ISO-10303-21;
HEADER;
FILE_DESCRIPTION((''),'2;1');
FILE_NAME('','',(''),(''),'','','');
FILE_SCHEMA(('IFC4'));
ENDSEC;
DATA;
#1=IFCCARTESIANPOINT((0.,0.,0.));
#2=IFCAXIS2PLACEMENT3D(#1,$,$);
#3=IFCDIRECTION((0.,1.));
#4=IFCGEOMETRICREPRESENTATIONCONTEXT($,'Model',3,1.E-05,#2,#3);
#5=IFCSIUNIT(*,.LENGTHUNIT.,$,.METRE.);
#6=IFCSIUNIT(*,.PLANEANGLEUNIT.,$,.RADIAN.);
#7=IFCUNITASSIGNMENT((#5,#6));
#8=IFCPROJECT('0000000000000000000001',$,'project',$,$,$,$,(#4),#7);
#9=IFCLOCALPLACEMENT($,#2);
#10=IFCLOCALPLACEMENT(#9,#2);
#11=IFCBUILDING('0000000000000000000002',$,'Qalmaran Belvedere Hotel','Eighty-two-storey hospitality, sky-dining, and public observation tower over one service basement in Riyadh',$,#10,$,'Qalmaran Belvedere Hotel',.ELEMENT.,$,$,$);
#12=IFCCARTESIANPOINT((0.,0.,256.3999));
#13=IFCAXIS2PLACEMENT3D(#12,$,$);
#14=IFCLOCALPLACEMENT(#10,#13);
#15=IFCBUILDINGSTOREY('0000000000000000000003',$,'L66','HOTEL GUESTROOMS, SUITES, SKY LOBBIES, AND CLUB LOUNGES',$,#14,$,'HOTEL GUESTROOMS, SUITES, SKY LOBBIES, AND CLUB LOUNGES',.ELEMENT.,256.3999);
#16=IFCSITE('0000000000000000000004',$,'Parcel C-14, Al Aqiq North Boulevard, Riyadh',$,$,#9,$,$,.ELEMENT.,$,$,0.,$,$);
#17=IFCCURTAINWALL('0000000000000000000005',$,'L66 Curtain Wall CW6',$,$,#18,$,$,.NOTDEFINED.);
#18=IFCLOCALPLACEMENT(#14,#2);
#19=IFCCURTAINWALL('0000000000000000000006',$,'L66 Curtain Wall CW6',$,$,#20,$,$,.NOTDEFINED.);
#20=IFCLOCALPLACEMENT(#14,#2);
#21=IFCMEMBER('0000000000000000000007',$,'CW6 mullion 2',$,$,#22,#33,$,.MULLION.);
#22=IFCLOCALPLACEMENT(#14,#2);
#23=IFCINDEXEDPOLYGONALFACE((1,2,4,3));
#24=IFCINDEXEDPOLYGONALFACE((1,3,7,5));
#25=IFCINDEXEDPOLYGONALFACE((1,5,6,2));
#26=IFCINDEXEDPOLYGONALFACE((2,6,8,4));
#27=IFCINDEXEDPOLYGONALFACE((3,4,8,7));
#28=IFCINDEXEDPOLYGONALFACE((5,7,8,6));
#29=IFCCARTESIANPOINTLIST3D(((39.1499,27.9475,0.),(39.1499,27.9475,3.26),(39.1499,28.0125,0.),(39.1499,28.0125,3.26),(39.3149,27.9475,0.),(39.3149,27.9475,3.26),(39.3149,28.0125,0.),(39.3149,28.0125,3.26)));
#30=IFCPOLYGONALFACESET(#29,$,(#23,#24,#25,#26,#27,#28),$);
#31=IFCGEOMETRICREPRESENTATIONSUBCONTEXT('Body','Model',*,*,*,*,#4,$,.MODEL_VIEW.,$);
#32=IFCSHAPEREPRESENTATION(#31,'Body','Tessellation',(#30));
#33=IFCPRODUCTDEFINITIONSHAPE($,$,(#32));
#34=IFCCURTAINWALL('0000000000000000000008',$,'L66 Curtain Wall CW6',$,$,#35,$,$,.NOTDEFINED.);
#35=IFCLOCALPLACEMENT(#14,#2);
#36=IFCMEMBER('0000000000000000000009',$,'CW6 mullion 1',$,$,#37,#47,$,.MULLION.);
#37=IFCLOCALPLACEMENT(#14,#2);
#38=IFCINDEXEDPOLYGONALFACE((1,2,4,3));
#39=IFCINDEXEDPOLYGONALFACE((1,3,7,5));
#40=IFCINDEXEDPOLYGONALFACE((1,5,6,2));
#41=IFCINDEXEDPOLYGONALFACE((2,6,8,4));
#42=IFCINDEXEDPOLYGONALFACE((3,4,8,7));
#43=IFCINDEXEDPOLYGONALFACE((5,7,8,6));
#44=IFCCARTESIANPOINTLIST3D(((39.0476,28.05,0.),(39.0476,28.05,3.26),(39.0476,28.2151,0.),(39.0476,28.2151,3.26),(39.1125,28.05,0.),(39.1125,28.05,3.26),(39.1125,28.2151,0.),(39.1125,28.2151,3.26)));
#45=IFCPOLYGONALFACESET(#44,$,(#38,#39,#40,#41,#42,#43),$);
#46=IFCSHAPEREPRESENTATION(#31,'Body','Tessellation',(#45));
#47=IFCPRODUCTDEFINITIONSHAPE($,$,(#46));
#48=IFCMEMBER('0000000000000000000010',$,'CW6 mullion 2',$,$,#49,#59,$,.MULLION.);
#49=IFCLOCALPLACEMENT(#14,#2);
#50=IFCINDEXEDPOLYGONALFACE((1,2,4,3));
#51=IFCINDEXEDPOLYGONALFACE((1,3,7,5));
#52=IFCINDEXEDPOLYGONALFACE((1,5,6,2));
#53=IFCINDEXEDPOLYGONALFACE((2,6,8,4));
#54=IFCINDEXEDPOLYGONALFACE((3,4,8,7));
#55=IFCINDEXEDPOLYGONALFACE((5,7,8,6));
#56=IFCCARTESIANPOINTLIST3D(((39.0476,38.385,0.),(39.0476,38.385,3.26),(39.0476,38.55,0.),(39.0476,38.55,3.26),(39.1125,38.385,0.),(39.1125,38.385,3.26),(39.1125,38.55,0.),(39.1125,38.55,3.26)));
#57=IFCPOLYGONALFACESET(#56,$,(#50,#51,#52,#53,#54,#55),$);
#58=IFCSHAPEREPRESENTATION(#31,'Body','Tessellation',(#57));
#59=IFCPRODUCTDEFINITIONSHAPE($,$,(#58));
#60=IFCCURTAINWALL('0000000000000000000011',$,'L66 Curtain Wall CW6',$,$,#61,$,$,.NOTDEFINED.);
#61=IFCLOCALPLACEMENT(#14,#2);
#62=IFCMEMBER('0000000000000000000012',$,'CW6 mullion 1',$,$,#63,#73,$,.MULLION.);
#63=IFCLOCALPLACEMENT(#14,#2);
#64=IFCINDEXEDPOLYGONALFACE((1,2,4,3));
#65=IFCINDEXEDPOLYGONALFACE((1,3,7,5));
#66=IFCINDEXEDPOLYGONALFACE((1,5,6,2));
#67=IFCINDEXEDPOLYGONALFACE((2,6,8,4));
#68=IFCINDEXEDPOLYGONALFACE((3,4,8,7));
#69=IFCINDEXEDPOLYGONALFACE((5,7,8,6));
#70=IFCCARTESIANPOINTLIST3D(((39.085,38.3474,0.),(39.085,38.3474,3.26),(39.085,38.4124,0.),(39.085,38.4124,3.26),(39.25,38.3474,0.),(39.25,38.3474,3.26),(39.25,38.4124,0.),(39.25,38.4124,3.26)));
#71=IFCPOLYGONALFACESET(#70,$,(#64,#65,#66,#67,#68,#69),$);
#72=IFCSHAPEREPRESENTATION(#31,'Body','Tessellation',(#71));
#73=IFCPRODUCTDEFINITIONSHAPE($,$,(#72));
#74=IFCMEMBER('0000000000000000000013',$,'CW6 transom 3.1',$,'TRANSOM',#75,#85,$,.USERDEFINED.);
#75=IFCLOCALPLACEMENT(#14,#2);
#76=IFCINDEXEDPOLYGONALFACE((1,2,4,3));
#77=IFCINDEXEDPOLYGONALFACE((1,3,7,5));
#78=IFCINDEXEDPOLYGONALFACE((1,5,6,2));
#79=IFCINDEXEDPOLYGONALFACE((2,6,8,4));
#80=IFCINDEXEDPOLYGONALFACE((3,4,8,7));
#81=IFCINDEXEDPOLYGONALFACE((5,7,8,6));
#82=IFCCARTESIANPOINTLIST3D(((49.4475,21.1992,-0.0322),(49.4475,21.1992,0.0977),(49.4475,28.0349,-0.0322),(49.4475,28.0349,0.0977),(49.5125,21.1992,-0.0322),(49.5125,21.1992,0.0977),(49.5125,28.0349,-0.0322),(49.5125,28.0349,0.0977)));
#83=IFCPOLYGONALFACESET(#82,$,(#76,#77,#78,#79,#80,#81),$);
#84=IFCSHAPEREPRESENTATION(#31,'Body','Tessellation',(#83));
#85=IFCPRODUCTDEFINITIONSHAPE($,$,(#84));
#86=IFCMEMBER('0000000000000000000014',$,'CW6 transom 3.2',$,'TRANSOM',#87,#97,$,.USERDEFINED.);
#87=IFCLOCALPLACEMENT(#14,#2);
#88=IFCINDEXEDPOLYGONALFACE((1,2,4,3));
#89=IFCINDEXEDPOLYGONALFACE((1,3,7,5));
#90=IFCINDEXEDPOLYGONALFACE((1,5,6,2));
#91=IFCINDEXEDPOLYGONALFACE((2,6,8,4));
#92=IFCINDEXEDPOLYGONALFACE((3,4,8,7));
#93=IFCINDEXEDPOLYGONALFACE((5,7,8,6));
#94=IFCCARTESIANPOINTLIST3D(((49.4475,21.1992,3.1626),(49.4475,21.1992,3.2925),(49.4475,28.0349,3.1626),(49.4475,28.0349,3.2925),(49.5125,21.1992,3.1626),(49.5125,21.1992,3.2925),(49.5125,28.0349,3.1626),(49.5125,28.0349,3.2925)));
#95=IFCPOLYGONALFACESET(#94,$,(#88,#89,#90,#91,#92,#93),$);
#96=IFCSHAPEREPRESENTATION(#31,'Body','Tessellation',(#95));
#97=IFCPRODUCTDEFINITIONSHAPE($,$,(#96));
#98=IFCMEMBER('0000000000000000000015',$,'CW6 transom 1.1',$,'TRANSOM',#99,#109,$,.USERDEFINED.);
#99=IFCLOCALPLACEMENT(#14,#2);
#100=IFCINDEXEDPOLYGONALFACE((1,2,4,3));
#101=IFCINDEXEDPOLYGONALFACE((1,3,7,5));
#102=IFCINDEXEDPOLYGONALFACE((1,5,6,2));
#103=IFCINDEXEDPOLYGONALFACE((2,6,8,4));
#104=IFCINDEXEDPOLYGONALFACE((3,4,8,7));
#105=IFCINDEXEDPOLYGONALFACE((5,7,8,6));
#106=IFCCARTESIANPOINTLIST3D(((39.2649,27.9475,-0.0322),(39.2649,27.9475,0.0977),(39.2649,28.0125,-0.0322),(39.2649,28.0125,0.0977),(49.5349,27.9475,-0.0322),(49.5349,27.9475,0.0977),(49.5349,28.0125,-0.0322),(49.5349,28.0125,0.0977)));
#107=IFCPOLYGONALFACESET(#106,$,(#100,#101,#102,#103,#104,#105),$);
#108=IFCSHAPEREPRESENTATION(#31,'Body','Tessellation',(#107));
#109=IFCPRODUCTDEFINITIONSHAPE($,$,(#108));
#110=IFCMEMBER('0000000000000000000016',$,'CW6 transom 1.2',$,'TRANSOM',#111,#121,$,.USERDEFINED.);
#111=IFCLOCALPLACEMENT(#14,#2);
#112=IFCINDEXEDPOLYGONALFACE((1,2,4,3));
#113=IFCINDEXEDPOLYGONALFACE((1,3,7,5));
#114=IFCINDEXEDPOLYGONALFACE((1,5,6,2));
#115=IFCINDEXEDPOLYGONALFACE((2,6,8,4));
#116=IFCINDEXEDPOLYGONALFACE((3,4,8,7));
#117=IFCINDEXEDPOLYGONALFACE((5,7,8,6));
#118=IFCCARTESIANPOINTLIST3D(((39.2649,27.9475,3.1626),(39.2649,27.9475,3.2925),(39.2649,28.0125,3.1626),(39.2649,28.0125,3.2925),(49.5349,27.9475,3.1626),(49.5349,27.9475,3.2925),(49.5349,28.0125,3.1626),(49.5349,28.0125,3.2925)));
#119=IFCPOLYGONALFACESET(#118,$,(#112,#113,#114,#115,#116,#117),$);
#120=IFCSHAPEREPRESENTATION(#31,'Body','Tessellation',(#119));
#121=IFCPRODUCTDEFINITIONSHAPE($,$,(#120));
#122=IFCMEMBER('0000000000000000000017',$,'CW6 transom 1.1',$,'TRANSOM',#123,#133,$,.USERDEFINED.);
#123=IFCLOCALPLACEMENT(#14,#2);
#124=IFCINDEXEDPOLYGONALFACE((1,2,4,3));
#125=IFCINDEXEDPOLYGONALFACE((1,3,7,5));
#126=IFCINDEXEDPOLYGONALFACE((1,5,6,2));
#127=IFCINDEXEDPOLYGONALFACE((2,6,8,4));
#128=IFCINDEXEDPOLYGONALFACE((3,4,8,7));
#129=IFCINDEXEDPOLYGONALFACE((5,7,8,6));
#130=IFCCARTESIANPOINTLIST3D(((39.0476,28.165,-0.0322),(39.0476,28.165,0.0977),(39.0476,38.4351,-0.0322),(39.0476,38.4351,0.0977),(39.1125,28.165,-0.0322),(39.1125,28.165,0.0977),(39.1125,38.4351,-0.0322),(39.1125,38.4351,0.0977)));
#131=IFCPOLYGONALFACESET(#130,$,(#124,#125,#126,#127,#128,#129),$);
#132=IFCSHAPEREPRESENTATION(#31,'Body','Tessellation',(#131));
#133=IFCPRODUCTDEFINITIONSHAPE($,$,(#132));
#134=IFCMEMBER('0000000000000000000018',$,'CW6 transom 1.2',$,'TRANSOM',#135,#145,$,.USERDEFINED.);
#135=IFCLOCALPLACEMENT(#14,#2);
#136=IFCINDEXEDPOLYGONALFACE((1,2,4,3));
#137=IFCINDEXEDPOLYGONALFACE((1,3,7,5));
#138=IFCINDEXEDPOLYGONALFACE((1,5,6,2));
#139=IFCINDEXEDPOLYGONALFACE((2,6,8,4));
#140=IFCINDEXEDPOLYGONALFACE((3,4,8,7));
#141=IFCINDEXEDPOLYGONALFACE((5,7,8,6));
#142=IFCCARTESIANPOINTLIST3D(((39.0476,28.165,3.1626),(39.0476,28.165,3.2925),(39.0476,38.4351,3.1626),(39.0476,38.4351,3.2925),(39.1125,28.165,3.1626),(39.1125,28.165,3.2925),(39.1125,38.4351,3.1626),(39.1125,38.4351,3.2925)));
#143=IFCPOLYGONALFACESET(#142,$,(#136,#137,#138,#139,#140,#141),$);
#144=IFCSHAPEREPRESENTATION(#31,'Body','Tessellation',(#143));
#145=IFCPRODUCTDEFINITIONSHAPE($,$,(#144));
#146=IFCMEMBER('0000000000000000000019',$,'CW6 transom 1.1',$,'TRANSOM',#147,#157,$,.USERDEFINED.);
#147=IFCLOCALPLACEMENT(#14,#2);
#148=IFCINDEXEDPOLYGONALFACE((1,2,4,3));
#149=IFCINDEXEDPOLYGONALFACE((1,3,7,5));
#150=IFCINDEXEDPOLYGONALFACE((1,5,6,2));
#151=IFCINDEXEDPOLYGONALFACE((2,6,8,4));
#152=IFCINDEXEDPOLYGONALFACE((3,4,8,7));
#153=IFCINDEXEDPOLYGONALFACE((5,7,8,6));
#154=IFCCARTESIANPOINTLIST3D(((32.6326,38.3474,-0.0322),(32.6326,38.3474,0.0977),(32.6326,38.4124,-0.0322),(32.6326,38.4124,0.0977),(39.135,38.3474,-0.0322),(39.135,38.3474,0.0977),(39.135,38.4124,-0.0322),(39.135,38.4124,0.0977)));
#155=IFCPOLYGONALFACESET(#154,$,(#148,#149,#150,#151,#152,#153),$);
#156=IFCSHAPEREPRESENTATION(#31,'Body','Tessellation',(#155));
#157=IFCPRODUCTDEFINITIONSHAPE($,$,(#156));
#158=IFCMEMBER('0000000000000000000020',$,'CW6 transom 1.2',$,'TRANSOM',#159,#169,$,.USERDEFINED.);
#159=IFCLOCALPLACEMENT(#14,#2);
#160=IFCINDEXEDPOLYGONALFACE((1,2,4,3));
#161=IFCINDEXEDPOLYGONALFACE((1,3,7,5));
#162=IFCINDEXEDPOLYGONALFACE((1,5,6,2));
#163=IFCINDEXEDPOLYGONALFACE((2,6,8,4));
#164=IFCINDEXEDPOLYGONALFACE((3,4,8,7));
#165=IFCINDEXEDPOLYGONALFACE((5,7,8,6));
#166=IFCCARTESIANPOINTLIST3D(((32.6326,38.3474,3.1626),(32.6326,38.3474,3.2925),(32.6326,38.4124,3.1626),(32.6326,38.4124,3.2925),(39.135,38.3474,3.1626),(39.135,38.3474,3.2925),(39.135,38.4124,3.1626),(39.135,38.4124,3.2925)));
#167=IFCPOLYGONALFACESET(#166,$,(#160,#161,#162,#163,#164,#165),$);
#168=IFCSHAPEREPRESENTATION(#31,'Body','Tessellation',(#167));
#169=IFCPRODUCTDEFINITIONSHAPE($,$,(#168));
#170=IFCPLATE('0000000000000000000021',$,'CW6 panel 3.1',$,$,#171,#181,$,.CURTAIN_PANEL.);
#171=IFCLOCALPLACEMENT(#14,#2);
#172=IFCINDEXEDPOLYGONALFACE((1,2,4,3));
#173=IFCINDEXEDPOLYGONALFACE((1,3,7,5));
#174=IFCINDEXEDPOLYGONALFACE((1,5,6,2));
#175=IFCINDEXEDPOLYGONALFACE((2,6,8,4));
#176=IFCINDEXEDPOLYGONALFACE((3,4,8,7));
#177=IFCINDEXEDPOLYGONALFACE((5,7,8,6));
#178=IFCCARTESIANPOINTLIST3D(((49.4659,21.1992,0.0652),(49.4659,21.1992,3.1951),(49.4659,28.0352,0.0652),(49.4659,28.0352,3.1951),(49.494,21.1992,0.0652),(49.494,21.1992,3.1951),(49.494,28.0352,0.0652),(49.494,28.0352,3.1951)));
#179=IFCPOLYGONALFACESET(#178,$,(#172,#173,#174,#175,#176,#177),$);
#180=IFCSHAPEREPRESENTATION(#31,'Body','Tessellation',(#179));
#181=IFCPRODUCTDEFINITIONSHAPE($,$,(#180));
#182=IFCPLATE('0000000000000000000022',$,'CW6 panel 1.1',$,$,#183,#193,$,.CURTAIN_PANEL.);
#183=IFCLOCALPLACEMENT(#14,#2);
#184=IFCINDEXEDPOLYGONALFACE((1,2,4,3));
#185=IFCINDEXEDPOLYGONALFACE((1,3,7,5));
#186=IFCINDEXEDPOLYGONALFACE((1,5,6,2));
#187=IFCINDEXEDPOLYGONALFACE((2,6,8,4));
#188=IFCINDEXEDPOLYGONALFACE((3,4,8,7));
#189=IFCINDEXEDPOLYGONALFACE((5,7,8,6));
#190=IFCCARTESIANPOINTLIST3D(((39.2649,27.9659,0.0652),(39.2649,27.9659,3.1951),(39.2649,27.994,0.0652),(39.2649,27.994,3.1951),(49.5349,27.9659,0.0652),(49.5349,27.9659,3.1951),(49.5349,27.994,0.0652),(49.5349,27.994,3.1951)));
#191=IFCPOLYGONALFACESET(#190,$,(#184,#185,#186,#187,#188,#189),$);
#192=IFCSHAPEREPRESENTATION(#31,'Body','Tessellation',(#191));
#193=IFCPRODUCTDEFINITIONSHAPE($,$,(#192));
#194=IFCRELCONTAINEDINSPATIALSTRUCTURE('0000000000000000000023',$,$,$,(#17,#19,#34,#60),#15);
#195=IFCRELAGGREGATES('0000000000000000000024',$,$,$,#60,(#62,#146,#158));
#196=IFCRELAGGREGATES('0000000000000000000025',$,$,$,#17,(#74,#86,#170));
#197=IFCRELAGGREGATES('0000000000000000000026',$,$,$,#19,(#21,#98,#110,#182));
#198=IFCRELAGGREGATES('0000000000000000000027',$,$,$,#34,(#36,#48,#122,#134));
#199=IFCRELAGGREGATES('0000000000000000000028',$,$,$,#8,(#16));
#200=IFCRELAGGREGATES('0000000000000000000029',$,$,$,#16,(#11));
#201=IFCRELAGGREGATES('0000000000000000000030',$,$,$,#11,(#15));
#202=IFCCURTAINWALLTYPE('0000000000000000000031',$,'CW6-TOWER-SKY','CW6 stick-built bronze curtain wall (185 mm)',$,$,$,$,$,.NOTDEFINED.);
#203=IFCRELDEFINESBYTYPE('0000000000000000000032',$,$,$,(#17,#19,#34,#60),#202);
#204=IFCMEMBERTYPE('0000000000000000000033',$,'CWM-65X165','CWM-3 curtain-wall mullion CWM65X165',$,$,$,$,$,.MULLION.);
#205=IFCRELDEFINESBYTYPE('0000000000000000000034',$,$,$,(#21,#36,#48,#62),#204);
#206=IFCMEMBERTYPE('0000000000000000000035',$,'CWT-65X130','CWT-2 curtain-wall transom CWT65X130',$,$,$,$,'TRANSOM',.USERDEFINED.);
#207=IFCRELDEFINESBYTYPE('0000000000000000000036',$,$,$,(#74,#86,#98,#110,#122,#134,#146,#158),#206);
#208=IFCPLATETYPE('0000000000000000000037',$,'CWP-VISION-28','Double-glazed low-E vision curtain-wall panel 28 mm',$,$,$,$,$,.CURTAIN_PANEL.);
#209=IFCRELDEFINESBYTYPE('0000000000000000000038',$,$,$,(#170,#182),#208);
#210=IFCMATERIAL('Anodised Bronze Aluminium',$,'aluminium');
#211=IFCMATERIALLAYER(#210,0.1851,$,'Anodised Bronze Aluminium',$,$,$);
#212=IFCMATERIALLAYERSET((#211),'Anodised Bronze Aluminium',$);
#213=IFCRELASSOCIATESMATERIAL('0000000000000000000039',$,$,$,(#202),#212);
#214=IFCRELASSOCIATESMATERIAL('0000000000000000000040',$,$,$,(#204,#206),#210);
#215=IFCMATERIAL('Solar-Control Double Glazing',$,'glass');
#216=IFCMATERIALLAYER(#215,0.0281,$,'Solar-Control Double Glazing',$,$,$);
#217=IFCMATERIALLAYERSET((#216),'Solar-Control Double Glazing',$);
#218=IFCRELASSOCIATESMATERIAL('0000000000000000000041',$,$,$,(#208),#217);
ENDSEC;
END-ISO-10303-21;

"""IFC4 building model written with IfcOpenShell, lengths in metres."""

from ifc_helpers import new_model, si_unit, direction, frame, origin, origin_2d, place, context, subcontext, project, spatial, rectangle, extrude, material, layer, layer_set, material_profile, profile_set, type_object, element, aggregate, save


model = new_model("IFC4")

# Units and contexts
model_context = context("Model", 3, precision=1e-05, world=origin(), true_north=direction((0.0, 1.0)))
body_context = subcontext(model_context, "Body", "Model", "MODEL_VIEW")
ifc_project = project(units=[si_unit("LENGTHUNIT", "METRE"), si_unit("PLANEANGLEUNIT", "RADIAN")], contexts=[model_context])

# Site, building, storey
site_placement = place(None, origin())
site = spatial("IfcSite", under=ifc_project, at=site_placement, Name="Parcel C-14, Al Aqiq North Boulevard, Riyadh", CompositionType="ELEMENT", RefElevation=0.0)
building_placement = place(site_placement, origin())
building = spatial("IfcBuilding", under=site, at=building_placement, Name="Qalmaran Belvedere Hotel", Description="Eighty-two-storey hospitality, sky-dining, and public observation tower over one service basement in Riyadh", LongName="Qalmaran Belvedere Hotel", CompositionType="ELEMENT")
storey_placement = place(building_placement, frame((0.0, 0.0, 256.3999)))
storey = spatial("IfcBuildingStorey", under=building, at=storey_placement, Name="L66", Description="HOTEL GUESTROOMS, SUITES, SKY LOBBIES, AND CLUB LOUNGES", LongName="HOTEL GUESTROOMS, SUITES, SKY LOBBIES, AND CLUB LOUNGES", CompositionType="ELEMENT", Elevation=256.3999)

# Curtain walls, members
ifc_material_1 = material(Name="Anodised Bronze Aluminium", Category="aluminium")
ifc_layer_1 = layer(ifc_material_1, 0.1851, Name="Anodised Bronze Aluminium")
ifc_layer_set_1 = layer_set([ifc_layer_1], Name="Anodised Bronze Aluminium")
curtain_wall_type = type_object("IfcCurtainWallType", Name="CW6-TOWER-SKY", Description="CW6 stick-built bronze curtain wall (185 mm)", PredefinedType="NOTDEFINED", material=ifc_layer_set_1)
curtain_wall_1_placement = place(storey_placement, origin())
curtain_wall_1 = element("IfcCurtainWall", 1, at=curtain_wall_1_placement, inside=storey, type_object=curtain_wall_type, Name="L66 Curtain Wall CW6", PredefinedType="NOTDEFINED")
ifc_material_profile_1 = material_profile(ifc_material_1, rectangle(XDim=0.0649, YDim=0.165, at=origin_2d()), Name="CWM65X165")
ifc_profile_set_1 = profile_set([ifc_material_profile_1], Name="Anodised Bronze Aluminium")
member_type_1 = type_object("IfcMemberType", Name="CWM-65X165", Description="CWM-3 curtain-wall mullion CWM65X165", PredefinedType="MULLION", material=ifc_profile_set_1)
curtain_wall_2_placement = place(storey_placement, origin())
curtain_wall_2 = element("IfcCurtainWall", 2, at=curtain_wall_2_placement, inside=storey, type_object=curtain_wall_type, Name="L66 Curtain Wall CW6", PredefinedType="NOTDEFINED")
member_1_placement = place(storey_placement, frame((39.2324, 27.98, 0.0), z_axis=(0.0, 0.0, 1.0), x_axis=(0.0, -1.0, 0.0)))
member_1 = element("IfcMember", 3, at=member_1_placement, type_object=member_type_1, Name="CW6 mullion 2", PredefinedType="MULLION", context=body_context, shape_type="SweptSolid", body=[
    extrude(rectangle(XDim=0.0649, YDim=0.165, at=origin_2d()), origin(), (0.0, 0.0, 1.0), 3.26),
])
curtain_wall_3_placement = place(storey_placement, origin())
curtain_wall_3 = element("IfcCurtainWall", 4, at=curtain_wall_3_placement, inside=storey, type_object=curtain_wall_type, Name="L66 Curtain Wall CW6", PredefinedType="NOTDEFINED")
member_2_placement = place(storey_placement, frame((39.0801, 28.1326, 0.0), z_axis=(0.0, 0.0, 1.0), x_axis=(-1.0, 0.0, 0.0)))
member_2 = element("IfcMember", 5, at=member_2_placement, type_object=member_type_1, Name="CW6 mullion 1", PredefinedType="MULLION", context=body_context, shape_type="SweptSolid", body=[
    extrude(rectangle(XDim=0.0649, YDim=0.165, at=origin_2d()), origin(), (0.0, 0.0, 1.0), 3.26),
])
member_3_placement = place(storey_placement, frame((39.0801, 38.4675, 0.0), z_axis=(0.0, 0.0, 1.0), x_axis=(-1.0, 0.0, 0.0)))
member_3 = element("IfcMember", 6, at=member_3_placement, type_object=member_type_1, Name="CW6 mullion 2", PredefinedType="MULLION", context=body_context, shape_type="SweptSolid", body=[
    extrude(rectangle(XDim=0.0649, YDim=0.165, at=origin_2d()), origin(), (0.0, 0.0, 1.0), 3.26),
])

# Curtain wall, member
curtain_wall_4_placement = place(storey_placement, origin())
curtain_wall_4 = element("IfcCurtainWall", 7, at=curtain_wall_4_placement, inside=storey, type_object=curtain_wall_type, Name="L66 Curtain Wall CW6", PredefinedType="NOTDEFINED")
member_4_placement = place(storey_placement, frame((39.1675, 38.3799, 0.0), z_axis=(0.0, 0.0, 1.0), x_axis=(0.0, -1.0, 0.0)))
member_4 = element("IfcMember", 8, at=member_4_placement, type_object=member_type_1, Name="CW6 mullion 1", PredefinedType="MULLION", context=body_context, shape_type="SweptSolid", body=[
    extrude(rectangle(XDim=0.0649, YDim=0.165, at=origin_2d()), origin(), (0.0, 0.0, 1.0), 3.26),
])

# Members
ifc_material_profile_2 = material_profile(ifc_material_1, rectangle(XDim=0.0649, YDim=0.1299, at=origin_2d()), Name="CWT65X130")
ifc_profile_set_2 = profile_set([ifc_material_profile_2], Name="Anodised Bronze Aluminium")
member_type_2 = type_object("IfcMemberType", Name="CWT-65X130", Description="CWT-2 curtain-wall transom CWT65X130", ElementType="TRANSOM", PredefinedType="USERDEFINED", material=ifc_profile_set_2)
member_5_placement = place(storey_placement, frame((49.48, 21.1992, 0.0327), z_axis=(0.0, 1.0, 0.0), x_axis=(-1.0, 0.0, 0.0)))
member_5 = element("IfcMember", 9, at=member_5_placement, type_object=member_type_2, Name="CW6 transom 3.1", ObjectType="TRANSOM", PredefinedType="USERDEFINED", context=body_context, shape_type="SweptSolid", body=[
    extrude(rectangle(XDim=0.0649, YDim=0.1299, at=origin_2d()), origin(), (0.0, 0.0, 1.0), 6.8357),
])
member_6_placement = place(storey_placement, frame((49.48, 21.1992, 3.2275), z_axis=(0.0, 1.0, 0.0), x_axis=(-1.0, 0.0, 0.0)))
member_6 = element("IfcMember", 10, at=member_6_placement, type_object=member_type_2, Name="CW6 transom 3.2", ObjectType="TRANSOM", PredefinedType="USERDEFINED", context=body_context, shape_type="SweptSolid", body=[
    extrude(rectangle(XDim=0.0649, YDim=0.1299, at=origin_2d()), origin(), (0.0, 0.0, 1.0), 6.8357),
])
member_7_placement = place(storey_placement, frame((49.5349, 27.98, 0.0327), z_axis=(-1.0, 0.0, 0.0), x_axis=(0.0, -1.0, 0.0)))
member_7 = element("IfcMember", 11, at=member_7_placement, type_object=member_type_2, Name="CW6 transom 1.1", ObjectType="TRANSOM", PredefinedType="USERDEFINED", context=body_context, shape_type="SweptSolid", body=[
    extrude(rectangle(XDim=0.0649, YDim=0.1299, at=origin_2d()), origin(), (0.0, 0.0, 1.0), 10.27),
])
member_8_placement = place(storey_placement, frame((49.5349, 27.98, 3.2275), z_axis=(-1.0, 0.0, 0.0), x_axis=(0.0, -1.0, 0.0)))
member_8 = element("IfcMember", 12, at=member_8_placement, type_object=member_type_2, Name="CW6 transom 1.2", ObjectType="TRANSOM", PredefinedType="USERDEFINED", context=body_context, shape_type="SweptSolid", body=[
    extrude(rectangle(XDim=0.0649, YDim=0.1299, at=origin_2d()), origin(), (0.0, 0.0, 1.0), 10.27),
])
member_9_placement = place(storey_placement, frame((39.0801, 28.165, 0.0327), z_axis=(0.0, 1.0, 0.0), x_axis=(-1.0, 0.0, 0.0)))
member_9 = element("IfcMember", 13, at=member_9_placement, type_object=member_type_2, Name="CW6 transom 1.1", ObjectType="TRANSOM", PredefinedType="USERDEFINED", context=body_context, shape_type="SweptSolid", body=[
    extrude(rectangle(XDim=0.0649, YDim=0.1299, at=origin_2d()), origin(), (0.0, 0.0, 1.0), 10.27),
])
member_10_placement = place(storey_placement, frame((39.0801, 28.165, 3.2275), z_axis=(0.0, 1.0, 0.0), x_axis=(-1.0, 0.0, 0.0)))
member_10 = element("IfcMember", 14, at=member_10_placement, type_object=member_type_2, Name="CW6 transom 1.2", ObjectType="TRANSOM", PredefinedType="USERDEFINED", context=body_context, shape_type="SweptSolid", body=[
    extrude(rectangle(XDim=0.0649, YDim=0.1299, at=origin_2d()), origin(), (0.0, 0.0, 1.0), 10.27),
])
member_11_placement = place(storey_placement, frame((39.135, 38.3799, 0.0327), z_axis=(-1.0, 0.0, 0.0), x_axis=(0.0, -1.0, 0.0)))
member_11 = element("IfcMember", 15, at=member_11_placement, type_object=member_type_2, Name="CW6 transom 1.1", ObjectType="TRANSOM", PredefinedType="USERDEFINED", context=body_context, shape_type="SweptSolid", body=[
    extrude(rectangle(XDim=0.0649, YDim=0.1299, at=origin_2d()), origin(), (0.0, 0.0, 1.0), 6.5024),
])
member_12_placement = place(storey_placement, frame((39.135, 38.3799, 3.2275), z_axis=(-1.0, 0.0, 0.0), x_axis=(0.0, -1.0, 0.0)))
member_12 = element("IfcMember", 16, at=member_12_placement, type_object=member_type_2, Name="CW6 transom 1.2", ObjectType="TRANSOM", PredefinedType="USERDEFINED", context=body_context, shape_type="SweptSolid", body=[
    extrude(rectangle(XDim=0.0649, YDim=0.1299, at=origin_2d()), origin(), (0.0, 0.0, 1.0), 6.5024),
])
aggregate(curtain_wall_4, [member_4, member_11, member_12])

# Plates
ifc_material_2 = material(Name="Solar-Control Double Glazing", Category="glass")
ifc_layer_2 = layer(ifc_material_2, 0.0281, Name="Solar-Control Double Glazing")
ifc_layer_set_2 = layer_set([ifc_layer_2], Name="Solar-Control Double Glazing")
plate_type = type_object("IfcPlateType", Name="CWP-VISION-28", Description="Double-glazed low-E vision curtain-wall panel 28 mm", PredefinedType="CURTAIN_PANEL", material=ifc_layer_set_2)
plate_1_placement = place(storey_placement, frame((49.48, 24.6172, 0.0652), z_axis=(0.0, 0.0, 1.0), x_axis=(0.0, 1.0, 0.0)))
plate_1 = element("IfcPlate", 17, at=plate_1_placement, type_object=plate_type, Name="CW6 panel 3.1", PredefinedType="CURTAIN_PANEL", context=body_context, shape_type="SweptSolid", body=[
    extrude(rectangle(XDim=6.8359, YDim=0.0281, at=origin_2d()), origin(), (0.0, 0.0, 1.0), 3.1299),
])
aggregate(curtain_wall_1, [member_5, member_6, plate_1])
plate_2_placement = place(storey_placement, frame((44.3999, 27.98, 0.0652), z_axis=(0.0, 0.0, 1.0), x_axis=(-1.0, 0.0, 0.0)))
plate_2 = element("IfcPlate", 18, at=plate_2_placement, type_object=plate_type, Name="CW6 panel 1.1", PredefinedType="CURTAIN_PANEL", context=body_context, shape_type="SweptSolid", body=[
    extrude(rectangle(XDim=10.27, YDim=0.0281, at=origin_2d()), origin(), (0.0, 0.0, 1.0), 3.1299),
])
aggregate(curtain_wall_2, [member_1, member_7, member_8, plate_2])
aggregate(curtain_wall_3, [member_2, member_3, member_9, member_10])

save(model, "model.ifc")
